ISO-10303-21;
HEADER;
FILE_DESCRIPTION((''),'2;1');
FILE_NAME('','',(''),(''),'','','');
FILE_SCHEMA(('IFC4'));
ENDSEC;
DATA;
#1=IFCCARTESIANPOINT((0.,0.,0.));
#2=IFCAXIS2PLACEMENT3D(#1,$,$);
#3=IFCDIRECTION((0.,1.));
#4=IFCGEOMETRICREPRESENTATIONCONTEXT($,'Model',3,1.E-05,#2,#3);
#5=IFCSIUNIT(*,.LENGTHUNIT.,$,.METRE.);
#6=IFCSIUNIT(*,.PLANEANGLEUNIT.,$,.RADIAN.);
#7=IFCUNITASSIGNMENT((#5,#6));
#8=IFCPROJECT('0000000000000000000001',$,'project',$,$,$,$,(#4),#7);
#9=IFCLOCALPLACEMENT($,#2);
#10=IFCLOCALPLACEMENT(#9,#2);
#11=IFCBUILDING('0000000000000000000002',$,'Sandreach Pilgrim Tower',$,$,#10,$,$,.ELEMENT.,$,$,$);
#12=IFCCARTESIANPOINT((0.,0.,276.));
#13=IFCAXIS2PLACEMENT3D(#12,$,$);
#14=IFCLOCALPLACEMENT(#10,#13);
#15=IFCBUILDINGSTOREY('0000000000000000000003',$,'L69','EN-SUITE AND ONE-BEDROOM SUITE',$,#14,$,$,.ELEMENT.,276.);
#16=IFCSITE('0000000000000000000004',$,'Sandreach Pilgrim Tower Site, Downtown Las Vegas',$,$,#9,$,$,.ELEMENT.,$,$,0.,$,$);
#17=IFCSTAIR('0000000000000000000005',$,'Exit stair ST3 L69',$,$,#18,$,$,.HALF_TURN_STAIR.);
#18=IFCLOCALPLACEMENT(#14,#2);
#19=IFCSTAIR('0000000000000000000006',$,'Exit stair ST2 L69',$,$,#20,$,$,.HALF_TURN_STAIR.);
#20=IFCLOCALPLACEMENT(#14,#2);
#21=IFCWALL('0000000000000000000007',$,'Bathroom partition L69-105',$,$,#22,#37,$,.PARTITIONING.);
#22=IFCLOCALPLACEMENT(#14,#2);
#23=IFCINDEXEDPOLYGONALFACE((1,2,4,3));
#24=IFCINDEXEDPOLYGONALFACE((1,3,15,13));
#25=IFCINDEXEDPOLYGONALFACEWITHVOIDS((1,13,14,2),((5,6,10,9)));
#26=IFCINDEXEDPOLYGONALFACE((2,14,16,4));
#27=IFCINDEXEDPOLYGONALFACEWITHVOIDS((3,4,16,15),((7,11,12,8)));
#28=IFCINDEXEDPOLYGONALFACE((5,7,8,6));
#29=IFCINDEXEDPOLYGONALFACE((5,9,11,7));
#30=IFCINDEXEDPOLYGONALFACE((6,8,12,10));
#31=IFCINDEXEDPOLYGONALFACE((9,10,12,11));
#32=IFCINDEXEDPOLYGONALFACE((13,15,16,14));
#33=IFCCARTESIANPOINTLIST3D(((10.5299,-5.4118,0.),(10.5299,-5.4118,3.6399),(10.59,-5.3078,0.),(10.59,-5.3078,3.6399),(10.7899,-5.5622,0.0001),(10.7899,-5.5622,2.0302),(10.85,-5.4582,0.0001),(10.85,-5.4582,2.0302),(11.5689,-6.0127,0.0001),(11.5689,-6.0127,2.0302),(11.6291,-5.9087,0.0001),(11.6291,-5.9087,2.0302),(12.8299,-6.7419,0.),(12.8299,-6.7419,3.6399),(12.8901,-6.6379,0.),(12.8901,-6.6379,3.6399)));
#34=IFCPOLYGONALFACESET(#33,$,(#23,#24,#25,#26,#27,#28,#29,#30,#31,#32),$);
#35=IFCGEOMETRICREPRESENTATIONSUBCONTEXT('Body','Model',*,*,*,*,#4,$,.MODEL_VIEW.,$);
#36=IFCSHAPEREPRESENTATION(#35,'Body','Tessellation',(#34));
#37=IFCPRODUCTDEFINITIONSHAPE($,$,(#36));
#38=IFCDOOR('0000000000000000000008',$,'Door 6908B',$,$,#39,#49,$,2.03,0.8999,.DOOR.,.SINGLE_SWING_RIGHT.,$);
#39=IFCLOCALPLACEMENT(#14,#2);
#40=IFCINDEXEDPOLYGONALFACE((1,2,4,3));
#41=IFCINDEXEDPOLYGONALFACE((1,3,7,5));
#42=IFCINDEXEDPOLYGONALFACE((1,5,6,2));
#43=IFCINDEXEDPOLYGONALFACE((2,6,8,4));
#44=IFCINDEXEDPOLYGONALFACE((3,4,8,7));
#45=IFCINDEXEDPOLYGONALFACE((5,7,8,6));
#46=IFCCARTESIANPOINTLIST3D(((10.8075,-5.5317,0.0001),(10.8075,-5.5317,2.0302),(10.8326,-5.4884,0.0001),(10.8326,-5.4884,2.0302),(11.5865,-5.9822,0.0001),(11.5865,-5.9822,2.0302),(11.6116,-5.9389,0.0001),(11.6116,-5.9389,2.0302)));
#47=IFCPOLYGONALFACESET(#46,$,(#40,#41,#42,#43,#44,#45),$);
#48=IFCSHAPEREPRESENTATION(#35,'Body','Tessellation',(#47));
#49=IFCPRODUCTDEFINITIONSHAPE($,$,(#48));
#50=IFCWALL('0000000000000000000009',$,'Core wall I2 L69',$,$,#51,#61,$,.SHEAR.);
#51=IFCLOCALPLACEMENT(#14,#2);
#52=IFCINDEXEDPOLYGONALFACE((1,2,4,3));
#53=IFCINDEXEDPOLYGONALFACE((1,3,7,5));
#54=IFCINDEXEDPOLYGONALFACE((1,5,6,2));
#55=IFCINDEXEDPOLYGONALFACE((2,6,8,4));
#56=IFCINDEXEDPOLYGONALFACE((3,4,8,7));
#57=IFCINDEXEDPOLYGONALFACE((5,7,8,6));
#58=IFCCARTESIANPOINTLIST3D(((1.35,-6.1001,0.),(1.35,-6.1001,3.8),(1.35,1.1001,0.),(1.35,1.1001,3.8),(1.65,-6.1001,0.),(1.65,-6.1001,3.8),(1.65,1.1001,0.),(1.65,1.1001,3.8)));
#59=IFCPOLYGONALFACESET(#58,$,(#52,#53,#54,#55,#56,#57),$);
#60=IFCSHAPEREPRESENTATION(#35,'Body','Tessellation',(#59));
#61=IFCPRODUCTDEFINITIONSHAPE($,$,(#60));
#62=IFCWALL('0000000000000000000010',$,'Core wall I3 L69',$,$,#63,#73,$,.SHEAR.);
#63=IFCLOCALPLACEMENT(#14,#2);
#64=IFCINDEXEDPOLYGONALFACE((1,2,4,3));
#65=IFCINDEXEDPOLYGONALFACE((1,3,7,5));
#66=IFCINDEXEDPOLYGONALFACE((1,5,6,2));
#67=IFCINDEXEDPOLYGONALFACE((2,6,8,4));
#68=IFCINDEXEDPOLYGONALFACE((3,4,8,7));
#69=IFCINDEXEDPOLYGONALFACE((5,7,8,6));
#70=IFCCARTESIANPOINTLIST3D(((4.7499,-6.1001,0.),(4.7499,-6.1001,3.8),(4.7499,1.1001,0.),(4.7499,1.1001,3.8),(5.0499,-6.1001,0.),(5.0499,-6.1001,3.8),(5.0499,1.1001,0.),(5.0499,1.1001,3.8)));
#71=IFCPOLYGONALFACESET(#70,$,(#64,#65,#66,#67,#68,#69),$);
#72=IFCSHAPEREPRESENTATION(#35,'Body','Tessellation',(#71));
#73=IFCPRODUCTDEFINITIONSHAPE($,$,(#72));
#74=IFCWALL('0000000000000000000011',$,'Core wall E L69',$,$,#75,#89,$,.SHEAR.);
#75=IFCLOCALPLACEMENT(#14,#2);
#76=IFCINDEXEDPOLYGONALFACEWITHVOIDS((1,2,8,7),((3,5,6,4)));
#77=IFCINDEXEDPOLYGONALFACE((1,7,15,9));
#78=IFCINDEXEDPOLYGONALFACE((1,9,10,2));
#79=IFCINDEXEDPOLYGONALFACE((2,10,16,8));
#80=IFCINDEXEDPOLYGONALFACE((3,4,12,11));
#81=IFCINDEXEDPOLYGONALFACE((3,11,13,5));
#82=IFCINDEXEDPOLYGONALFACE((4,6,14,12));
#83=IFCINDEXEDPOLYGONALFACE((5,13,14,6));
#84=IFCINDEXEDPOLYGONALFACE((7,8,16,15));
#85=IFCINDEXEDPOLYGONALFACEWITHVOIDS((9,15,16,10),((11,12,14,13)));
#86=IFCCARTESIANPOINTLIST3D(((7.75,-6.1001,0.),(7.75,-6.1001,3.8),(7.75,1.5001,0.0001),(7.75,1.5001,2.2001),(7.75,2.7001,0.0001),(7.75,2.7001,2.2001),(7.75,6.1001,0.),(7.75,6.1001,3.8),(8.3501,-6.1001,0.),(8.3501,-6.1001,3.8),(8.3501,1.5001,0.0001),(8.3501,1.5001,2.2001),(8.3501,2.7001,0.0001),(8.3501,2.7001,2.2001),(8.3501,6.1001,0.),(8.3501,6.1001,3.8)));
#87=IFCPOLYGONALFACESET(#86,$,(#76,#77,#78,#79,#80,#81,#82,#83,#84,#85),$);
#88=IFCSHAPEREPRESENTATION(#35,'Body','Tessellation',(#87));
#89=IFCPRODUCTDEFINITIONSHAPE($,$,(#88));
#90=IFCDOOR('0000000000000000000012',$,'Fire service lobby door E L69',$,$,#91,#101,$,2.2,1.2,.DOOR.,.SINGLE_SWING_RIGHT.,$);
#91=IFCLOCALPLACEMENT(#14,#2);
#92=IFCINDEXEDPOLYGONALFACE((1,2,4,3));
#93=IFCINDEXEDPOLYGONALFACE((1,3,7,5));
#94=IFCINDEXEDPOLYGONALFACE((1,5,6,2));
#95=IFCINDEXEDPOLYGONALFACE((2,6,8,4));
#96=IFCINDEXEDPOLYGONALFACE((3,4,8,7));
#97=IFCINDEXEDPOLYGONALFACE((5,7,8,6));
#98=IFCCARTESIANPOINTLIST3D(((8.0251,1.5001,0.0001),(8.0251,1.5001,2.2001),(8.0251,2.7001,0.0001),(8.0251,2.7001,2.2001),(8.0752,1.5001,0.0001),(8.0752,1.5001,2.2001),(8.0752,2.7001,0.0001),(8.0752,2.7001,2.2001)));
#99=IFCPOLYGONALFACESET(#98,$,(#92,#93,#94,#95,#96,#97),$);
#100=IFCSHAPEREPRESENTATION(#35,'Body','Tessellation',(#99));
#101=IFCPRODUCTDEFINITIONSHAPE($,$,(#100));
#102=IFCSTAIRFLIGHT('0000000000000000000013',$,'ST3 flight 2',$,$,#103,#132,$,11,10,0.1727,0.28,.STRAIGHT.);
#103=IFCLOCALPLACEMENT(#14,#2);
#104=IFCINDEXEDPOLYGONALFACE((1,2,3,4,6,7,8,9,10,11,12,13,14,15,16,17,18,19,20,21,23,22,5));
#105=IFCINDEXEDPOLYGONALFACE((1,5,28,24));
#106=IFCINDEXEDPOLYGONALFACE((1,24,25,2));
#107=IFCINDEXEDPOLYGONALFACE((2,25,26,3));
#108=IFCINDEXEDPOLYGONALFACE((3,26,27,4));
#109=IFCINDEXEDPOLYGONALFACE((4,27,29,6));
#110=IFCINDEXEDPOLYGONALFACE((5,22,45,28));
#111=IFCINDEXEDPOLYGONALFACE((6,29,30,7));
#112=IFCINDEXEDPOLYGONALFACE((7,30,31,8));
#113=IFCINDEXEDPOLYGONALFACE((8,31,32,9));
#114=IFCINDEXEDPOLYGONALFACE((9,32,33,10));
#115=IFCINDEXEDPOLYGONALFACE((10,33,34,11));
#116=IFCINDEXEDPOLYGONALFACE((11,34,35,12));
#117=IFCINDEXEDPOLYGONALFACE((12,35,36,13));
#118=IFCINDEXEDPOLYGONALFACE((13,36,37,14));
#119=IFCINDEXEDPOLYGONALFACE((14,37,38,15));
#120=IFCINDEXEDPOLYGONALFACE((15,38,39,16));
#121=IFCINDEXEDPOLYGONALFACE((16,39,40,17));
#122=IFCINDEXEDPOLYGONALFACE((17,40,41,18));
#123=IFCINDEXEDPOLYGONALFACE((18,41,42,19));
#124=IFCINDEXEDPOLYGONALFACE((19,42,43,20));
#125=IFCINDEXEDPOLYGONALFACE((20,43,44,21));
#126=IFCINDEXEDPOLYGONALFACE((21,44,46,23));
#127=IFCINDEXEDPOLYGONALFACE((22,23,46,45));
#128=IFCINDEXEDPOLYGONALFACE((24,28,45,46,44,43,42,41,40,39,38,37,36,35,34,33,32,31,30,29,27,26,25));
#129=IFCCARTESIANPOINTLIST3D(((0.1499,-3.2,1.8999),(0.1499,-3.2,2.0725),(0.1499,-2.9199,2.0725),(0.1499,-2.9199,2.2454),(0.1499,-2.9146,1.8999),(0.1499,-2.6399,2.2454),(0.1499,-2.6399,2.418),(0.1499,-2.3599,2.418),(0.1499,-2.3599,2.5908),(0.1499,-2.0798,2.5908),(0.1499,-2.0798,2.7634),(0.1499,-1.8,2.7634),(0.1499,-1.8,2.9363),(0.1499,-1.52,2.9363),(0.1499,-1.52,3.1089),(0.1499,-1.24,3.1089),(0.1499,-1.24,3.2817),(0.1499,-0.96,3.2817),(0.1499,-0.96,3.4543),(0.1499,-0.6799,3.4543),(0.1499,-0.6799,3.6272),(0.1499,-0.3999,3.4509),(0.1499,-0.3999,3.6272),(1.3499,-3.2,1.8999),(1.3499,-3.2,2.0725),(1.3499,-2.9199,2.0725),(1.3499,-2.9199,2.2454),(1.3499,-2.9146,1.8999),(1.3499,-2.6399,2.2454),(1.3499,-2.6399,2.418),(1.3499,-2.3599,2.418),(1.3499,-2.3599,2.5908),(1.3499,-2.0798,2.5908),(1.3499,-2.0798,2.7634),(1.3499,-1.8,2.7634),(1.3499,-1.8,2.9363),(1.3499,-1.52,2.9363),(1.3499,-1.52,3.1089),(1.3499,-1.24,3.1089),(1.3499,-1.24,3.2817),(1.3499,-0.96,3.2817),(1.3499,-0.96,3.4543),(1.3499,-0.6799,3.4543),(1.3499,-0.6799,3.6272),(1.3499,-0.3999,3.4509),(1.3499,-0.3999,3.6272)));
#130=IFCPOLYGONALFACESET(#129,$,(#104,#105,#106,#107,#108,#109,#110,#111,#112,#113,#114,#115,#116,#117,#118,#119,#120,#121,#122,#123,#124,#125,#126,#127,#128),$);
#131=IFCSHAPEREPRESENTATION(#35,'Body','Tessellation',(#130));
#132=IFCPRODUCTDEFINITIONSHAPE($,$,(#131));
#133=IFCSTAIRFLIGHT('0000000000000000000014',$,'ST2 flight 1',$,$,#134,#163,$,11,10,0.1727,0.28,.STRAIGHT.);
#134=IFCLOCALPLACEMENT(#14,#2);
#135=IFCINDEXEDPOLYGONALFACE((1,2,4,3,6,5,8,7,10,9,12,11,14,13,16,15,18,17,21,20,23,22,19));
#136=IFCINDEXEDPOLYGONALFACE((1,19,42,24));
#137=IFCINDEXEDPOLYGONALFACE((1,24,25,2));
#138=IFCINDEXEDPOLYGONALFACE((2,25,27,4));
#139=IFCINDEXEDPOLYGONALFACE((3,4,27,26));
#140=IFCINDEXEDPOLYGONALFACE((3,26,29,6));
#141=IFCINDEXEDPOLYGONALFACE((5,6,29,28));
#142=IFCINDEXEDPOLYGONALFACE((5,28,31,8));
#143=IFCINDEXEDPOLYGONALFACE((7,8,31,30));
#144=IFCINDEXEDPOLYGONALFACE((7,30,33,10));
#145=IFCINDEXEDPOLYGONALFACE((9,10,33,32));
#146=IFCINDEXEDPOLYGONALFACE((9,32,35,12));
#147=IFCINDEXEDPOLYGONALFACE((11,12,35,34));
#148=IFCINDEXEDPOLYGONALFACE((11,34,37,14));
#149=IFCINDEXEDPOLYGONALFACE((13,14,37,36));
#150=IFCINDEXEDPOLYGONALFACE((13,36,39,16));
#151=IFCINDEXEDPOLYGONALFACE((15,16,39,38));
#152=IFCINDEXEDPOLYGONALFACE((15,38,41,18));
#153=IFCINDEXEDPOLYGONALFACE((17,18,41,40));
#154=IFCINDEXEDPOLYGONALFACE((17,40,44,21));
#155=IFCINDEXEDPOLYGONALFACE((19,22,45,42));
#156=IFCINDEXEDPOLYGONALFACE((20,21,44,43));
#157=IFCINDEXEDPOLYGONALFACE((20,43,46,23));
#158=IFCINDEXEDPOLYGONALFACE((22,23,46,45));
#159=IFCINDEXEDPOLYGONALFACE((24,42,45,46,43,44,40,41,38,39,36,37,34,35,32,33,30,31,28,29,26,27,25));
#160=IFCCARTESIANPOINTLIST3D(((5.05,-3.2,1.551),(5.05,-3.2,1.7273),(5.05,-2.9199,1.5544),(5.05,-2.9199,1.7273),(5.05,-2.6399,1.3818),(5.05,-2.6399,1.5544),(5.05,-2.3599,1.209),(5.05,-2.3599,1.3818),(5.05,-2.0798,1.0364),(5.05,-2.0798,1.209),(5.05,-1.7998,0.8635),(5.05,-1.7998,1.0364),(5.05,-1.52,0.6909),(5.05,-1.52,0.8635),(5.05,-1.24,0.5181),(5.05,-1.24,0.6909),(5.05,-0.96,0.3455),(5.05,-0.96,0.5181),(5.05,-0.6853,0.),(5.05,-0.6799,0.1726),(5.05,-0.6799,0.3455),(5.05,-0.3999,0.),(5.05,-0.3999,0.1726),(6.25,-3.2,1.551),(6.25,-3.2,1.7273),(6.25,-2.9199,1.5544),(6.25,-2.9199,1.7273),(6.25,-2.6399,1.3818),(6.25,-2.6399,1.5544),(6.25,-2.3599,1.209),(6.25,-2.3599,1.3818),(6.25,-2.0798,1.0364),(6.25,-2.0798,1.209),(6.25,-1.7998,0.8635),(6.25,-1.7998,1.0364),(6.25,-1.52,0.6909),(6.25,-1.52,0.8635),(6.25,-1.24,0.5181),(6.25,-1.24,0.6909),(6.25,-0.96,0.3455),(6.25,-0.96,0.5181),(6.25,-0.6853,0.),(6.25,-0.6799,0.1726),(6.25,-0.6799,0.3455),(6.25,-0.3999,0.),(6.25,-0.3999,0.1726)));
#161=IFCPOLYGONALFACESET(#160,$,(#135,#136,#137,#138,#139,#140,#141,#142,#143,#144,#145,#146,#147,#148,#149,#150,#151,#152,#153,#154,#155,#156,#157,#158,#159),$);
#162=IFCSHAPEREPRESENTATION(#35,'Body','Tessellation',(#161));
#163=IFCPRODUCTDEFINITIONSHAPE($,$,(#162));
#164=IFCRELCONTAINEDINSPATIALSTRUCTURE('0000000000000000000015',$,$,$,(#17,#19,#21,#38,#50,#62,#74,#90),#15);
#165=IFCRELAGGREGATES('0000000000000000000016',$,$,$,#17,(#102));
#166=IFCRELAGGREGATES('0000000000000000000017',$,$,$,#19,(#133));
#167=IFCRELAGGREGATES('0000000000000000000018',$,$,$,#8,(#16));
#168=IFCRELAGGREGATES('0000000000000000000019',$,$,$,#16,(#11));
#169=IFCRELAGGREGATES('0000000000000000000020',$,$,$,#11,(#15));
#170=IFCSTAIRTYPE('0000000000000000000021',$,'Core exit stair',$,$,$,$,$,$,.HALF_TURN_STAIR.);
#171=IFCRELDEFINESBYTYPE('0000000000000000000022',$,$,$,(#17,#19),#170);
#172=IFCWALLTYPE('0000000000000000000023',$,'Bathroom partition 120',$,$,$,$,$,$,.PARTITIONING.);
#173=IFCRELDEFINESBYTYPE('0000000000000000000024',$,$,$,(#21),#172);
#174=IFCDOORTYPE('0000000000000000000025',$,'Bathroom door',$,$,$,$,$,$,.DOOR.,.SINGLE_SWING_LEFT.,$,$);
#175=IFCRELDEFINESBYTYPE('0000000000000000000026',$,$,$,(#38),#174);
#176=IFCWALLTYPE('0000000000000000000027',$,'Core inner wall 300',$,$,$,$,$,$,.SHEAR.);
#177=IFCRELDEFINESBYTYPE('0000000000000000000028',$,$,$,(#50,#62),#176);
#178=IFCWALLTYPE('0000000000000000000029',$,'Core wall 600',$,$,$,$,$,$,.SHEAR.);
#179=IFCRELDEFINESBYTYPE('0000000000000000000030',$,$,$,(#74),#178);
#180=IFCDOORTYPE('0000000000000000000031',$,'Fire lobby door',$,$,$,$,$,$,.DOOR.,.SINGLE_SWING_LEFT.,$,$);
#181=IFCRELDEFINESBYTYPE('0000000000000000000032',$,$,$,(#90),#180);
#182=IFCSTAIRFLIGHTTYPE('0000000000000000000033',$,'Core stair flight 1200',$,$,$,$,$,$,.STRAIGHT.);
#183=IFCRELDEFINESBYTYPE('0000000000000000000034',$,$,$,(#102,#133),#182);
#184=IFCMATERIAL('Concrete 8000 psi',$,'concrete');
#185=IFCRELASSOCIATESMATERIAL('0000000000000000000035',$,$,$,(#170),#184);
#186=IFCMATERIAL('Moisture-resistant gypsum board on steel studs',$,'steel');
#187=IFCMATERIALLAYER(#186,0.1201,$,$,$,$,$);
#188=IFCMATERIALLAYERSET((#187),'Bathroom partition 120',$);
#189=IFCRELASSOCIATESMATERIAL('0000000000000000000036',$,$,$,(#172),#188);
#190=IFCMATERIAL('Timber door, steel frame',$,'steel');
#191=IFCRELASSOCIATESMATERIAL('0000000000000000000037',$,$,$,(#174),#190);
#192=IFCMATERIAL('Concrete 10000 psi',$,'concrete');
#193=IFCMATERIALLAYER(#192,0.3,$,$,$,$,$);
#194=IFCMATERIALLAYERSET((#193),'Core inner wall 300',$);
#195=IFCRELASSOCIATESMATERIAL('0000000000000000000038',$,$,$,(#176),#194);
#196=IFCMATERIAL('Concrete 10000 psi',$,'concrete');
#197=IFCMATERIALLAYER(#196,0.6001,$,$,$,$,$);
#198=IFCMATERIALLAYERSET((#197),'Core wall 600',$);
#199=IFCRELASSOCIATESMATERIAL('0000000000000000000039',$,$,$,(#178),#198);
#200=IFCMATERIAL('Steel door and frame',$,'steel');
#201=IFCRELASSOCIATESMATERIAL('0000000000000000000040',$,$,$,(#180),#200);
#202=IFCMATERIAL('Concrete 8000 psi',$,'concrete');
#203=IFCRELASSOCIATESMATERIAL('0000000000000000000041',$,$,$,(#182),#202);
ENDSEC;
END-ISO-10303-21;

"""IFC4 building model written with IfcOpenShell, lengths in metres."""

from ifc_helpers import new_model, si_unit, direction, frame, frame_2d, origin, place, context, subcontext, project, spatial, polyline, rectangle, outline, extrude, material, layer, layer_set, type_object, element, fill, aggregate, save


model = new_model("IFC4")

# Units and contexts
model_context = context("Model", 3, precision=1e-05, world=origin(), true_north=direction((0.0, 1.0)))
body_context = subcontext(model_context, "Body", "Model", "MODEL_VIEW")
ifc_project = project(units=[si_unit("LENGTHUNIT", "METRE"), si_unit("PLANEANGLEUNIT", "RADIAN")], contexts=[model_context])

# Site, building, storey
site_placement = place(None, origin())
site = spatial("IfcSite", under=ifc_project, at=site_placement, Name="Sandreach Pilgrim Tower Site, Downtown Las Vegas", CompositionType="ELEMENT", RefElevation=0.0)
building_placement = place(site_placement, origin())
building = spatial("IfcBuilding", under=site, at=building_placement, Name="Sandreach Pilgrim Tower", CompositionType="ELEMENT")
storey_placement = place(building_placement, frame((0.0, 0.0, 276.0)))
storey = spatial("IfcBuildingStorey", under=building, at=storey_placement, Name="L69", Description="EN-SUITE AND ONE-BEDROOM SUITE", CompositionType="ELEMENT", Elevation=276.0)

# Stairs
ifc_material_1 = material(Name="Concrete 8000 psi", Category="concrete")
stair_type = type_object("IfcStairType", Name="Core exit stair", PredefinedType="HALF_TURN_STAIR", material=ifc_material_1)
stair_1_placement = place(storey_placement, origin())
stair_1 = element("IfcStair", 1, at=stair_1_placement, inside=storey, type_object=stair_type, Name="Exit stair ST3 L69", PredefinedType="HALF_TURN_STAIR")
stair_2_placement = place(storey_placement, origin())
stair_2 = element("IfcStair", 2, at=stair_2_placement, inside=storey, type_object=stair_type, Name="Exit stair ST2 L69", PredefinedType="HALF_TURN_STAIR")

# Shared definitions
ifc_material_2 = material(Name="Moisture-resistant gypsum board on steel studs", Category="steel")
ifc_layer_1 = layer(ifc_material_2, 0.1201)
ifc_layer_set_1 = layer_set([ifc_layer_1], Name="Bathroom partition 120")
wall_type_1 = type_object("IfcWallType", Name="Bathroom partition 120", PredefinedType="PARTITIONING", material=ifc_layer_set_1)

# Wall, opening, door
wall_1_placement = place(storey_placement, frame((12.8601, -6.6899, 0.0), z_axis=(0.0, 0.0, 1.0), x_axis=(-0.865676, 0.500605, 0.0)))
wall_1 = element("IfcWall", 3, at=wall_1_placement, inside=storey, type_object=wall_type_1, Name="Bathroom partition L69-105", PredefinedType="PARTITIONING", context=body_context, shape_type="SweptSolid", body=[
    extrude(rectangle(XDim=2.657, YDim=0.1201, at=frame_2d((1.3286, 0.0))), origin(), (0.0, 0.0, 1.0), 3.6399),
])
opening_1_placement = place(wall_1_placement, frame((1.4568, 0.0, 0.0)))
opening_1 = element("IfcOpeningElement", 4, at=opening_1_placement, cuts=wall_1, PredefinedType="OPENING", context=body_context, shape_type="SweptSolid", body=[
    extrude(rectangle(XDim=0.8999, YDim=2.03, at=frame_2d((0.45, 1.0151))), frame((0.0, 0.0601, 0.0), z_axis=(0.0, -1.0, 0.0), x_axis=(1.0, 0.0, 0.0)), (0.0, 0.0, 1.0), 0.1201),
])
ifc_material_3 = material(Name="Timber door, steel frame", Category="steel")
door_type_1 = type_object("IfcDoorType", Name="Bathroom door", OperationType="SINGLE_SWING_LEFT", PredefinedType="DOOR", material=ifc_material_3)
door_1_placement = place(opening_1_placement, origin())
door_1 = element("IfcDoor", 5, at=door_1_placement, inside=storey, type_object=door_type_1, Name="Door 6908B", OperationType="SINGLE_SWING_RIGHT", OverallHeight=2.03, OverallWidth=0.8999, PredefinedType="DOOR", context=body_context, shape_type="SweptSolid", body=[
    extrude(rectangle(XDim=0.8999, YDim=2.03, at=frame_2d((0.45, 1.0151))), frame((0.0, 0.0249, 0.0), z_axis=(0.0, -1.0, 0.0), x_axis=(1.0, 0.0, 0.0)), (0.0, 0.0, 1.0), 0.05),
])
fill(opening_1, door_1)

# Walls
ifc_material_4 = material(Name="Concrete 10000 psi", Category="concrete")
ifc_layer_2 = layer(ifc_material_4, 0.3)
ifc_layer_set_2 = layer_set([ifc_layer_2], Name="Core inner wall 300")
wall_type_2 = type_object("IfcWallType", Name="Core inner wall 300", PredefinedType="SHEAR", material=ifc_layer_set_2)
for number, where, z_axis, x_axis, name in (
    (6, (1.5, -6.1001, 0.0), (0.0, 0.0, 1.0), (0.0, 1.0, 0.0), "Core wall I2 L69"),
    (7, (4.8999, -6.1001, 0.0), (0.0, 0.0, 1.0), (0.0, 1.0, 0.0), "Core wall I3 L69"),
):
    element("IfcWall", number, at=place(storey_placement, frame(where, z_axis=z_axis, x_axis=x_axis)), inside=storey, type_object=wall_type_2, Name=name, PredefinedType="SHEAR", context=body_context, shape_type="SweptSolid", body=[
        extrude(rectangle(XDim=7.2002, YDim=0.3, at=frame_2d((3.6001, 0.0))), origin(), (0.0, 0.0, 1.0), 3.8),
    ])

# Wall, opening, door
ifc_material_5 = material(Name="Concrete 10000 psi", Category="concrete")
ifc_layer_3 = layer(ifc_material_5, 0.6001)
ifc_layer_set_3 = layer_set([ifc_layer_3], Name="Core wall 600")
wall_type_3 = type_object("IfcWallType", Name="Core wall 600", PredefinedType="SHEAR", material=ifc_layer_set_3)
wall_2_placement = place(storey_placement, frame((8.05, -6.1001, 0.0), z_axis=(0.0, 0.0, 1.0), x_axis=(0.0, 1.0, 0.0)))
wall_2 = element("IfcWall", 8, at=wall_2_placement, inside=storey, type_object=wall_type_3, Name="Core wall E L69", PredefinedType="SHEAR", context=body_context, shape_type="SweptSolid", body=[
    extrude(rectangle(XDim=12.2002, YDim=0.6001, at=frame_2d((6.1001, 0.0))), origin(), (0.0, 0.0, 1.0), 3.8),
])
opening_2_placement = place(wall_2_placement, frame((7.6001, 0.0, 0.0)))
opening_2 = element("IfcOpeningElement", 9, at=opening_2_placement, cuts=wall_2, PredefinedType="OPENING", context=body_context, shape_type="SweptSolid", body=[
    extrude(rectangle(XDim=1.2, YDim=2.2, at=frame_2d((0.6001, 1.1001))), frame((0.0, 0.3, 0.0), z_axis=(0.0, -1.0, 0.0), x_axis=(1.0, 0.0, 0.0)), (0.0, 0.0, 1.0), 0.6001),
])
ifc_material_6 = material(Name="Steel door and frame", Category="steel")
door_type_2 = type_object("IfcDoorType", Name="Fire lobby door", OperationType="SINGLE_SWING_LEFT", PredefinedType="DOOR", material=ifc_material_6)
door_2_placement = place(opening_2_placement, origin())
door_2 = element("IfcDoor", 10, at=door_2_placement, inside=storey, type_object=door_type_2, Name="Fire service lobby door E L69", OperationType="SINGLE_SWING_RIGHT", OverallHeight=2.2, OverallWidth=1.2, PredefinedType="DOOR", context=body_context, shape_type="SweptSolid", body=[
    extrude(rectangle(XDim=1.2, YDim=2.2, at=frame_2d((0.6001, 1.1001))), frame((0.0, 0.0249, 0.0), z_axis=(0.0, -1.0, 0.0), x_axis=(1.0, 0.0, 0.0)), (0.0, 0.0, 1.0), 0.05),
])
fill(opening_2, door_2)

# Stair flights
ifc_material_7 = material(Name="Concrete 8000 psi", Category="concrete")
stair_flight_type = type_object("IfcStairFlightType", Name="Core stair flight 1200", PredefinedType="STRAIGHT", material=ifc_material_7)
stair_flight_1_placement = place(storey_placement, frame((0.75, -3.2, 1.8999), z_axis=(0.0, 0.0, 1.0), x_axis=(0.0, 1.0, 0.0)))
stair_flight_1 = element("IfcStairFlight", 11, at=stair_flight_1_placement, type_object=stair_flight_type, Name="ST3 flight 2", NumberOfRisers=11, NumberOfTreads=10, PredefinedType="STRAIGHT", RiserHeight=0.1727, TreadLength=0.28, context=body_context, shape_type="SweptSolid", body=[
    extrude(outline(polyline([(0.0, 0.0), (0.0, 0.1726), (0.28, 0.1726), (0.28, 0.3455), (0.5601, 0.3455), (0.5601, 0.5181), (0.8401, 0.5181), (0.8401, 0.6909), (1.1201, 0.6909), (1.1201, 0.8635), (1.3999, 0.8635), (1.3999, 1.0364), (1.6799, 1.0364), (1.6799, 1.209), (1.96, 1.209), (1.96, 1.3818), (2.24, 1.3818), (2.24, 1.5544), (2.52, 1.5544), (2.52, 1.7273), (2.8, 1.7273), (2.8, 1.8999), (2.8, 1.551), (0.2854, 0.0), (0.0, 0.0)])), frame((0.0, 0.6001, 0.0), z_axis=(0.0, -1.0, 0.0), x_axis=(1.0, 0.0, 0.0)), (0.0, 0.0, 1.0), 1.2),
])
aggregate(stair_1, [stair_flight_1])
stair_flight_2_placement = place(storey_placement, frame((5.6499, -0.3999, 0.0), z_axis=(0.0, 0.0, 1.0), x_axis=(0.0, -1.0, 0.0)))
stair_flight_2 = element("IfcStairFlight", 12, at=stair_flight_2_placement, type_object=stair_flight_type, Name="ST2 flight 1", NumberOfRisers=11, NumberOfTreads=10, PredefinedType="STRAIGHT", RiserHeight=0.1727, TreadLength=0.28, context=body_context, shape_type="SweptSolid", body=[
    extrude(outline(polyline([(0.0, 0.0), (0.0, 0.1726), (0.28, 0.1726), (0.28, 0.3455), (0.5601, 0.3455), (0.5601, 0.5181), (0.8401, 0.5181), (0.8401, 0.6909), (1.1201, 0.6909), (1.1201, 0.8635), (1.3999, 0.8635), (1.3999, 1.0364), (1.6799, 1.0364), (1.6799, 1.209), (1.96, 1.209), (1.96, 1.3818), (2.24, 1.3818), (2.24, 1.5544), (2.52, 1.5544), (2.52, 1.7273), (2.8, 1.7273), (2.8, 1.8999), (2.8, 1.551), (0.2854, 0.0), (0.0, 0.0)])), frame((0.0, 0.6001, 0.0), z_axis=(0.0, -1.0, 0.0), x_axis=(1.0, 0.0, 0.0)), (0.0, 0.0, 1.0), 1.2),
])
aggregate(stair_2, [stair_flight_2])

save(model, "model.ifc")
